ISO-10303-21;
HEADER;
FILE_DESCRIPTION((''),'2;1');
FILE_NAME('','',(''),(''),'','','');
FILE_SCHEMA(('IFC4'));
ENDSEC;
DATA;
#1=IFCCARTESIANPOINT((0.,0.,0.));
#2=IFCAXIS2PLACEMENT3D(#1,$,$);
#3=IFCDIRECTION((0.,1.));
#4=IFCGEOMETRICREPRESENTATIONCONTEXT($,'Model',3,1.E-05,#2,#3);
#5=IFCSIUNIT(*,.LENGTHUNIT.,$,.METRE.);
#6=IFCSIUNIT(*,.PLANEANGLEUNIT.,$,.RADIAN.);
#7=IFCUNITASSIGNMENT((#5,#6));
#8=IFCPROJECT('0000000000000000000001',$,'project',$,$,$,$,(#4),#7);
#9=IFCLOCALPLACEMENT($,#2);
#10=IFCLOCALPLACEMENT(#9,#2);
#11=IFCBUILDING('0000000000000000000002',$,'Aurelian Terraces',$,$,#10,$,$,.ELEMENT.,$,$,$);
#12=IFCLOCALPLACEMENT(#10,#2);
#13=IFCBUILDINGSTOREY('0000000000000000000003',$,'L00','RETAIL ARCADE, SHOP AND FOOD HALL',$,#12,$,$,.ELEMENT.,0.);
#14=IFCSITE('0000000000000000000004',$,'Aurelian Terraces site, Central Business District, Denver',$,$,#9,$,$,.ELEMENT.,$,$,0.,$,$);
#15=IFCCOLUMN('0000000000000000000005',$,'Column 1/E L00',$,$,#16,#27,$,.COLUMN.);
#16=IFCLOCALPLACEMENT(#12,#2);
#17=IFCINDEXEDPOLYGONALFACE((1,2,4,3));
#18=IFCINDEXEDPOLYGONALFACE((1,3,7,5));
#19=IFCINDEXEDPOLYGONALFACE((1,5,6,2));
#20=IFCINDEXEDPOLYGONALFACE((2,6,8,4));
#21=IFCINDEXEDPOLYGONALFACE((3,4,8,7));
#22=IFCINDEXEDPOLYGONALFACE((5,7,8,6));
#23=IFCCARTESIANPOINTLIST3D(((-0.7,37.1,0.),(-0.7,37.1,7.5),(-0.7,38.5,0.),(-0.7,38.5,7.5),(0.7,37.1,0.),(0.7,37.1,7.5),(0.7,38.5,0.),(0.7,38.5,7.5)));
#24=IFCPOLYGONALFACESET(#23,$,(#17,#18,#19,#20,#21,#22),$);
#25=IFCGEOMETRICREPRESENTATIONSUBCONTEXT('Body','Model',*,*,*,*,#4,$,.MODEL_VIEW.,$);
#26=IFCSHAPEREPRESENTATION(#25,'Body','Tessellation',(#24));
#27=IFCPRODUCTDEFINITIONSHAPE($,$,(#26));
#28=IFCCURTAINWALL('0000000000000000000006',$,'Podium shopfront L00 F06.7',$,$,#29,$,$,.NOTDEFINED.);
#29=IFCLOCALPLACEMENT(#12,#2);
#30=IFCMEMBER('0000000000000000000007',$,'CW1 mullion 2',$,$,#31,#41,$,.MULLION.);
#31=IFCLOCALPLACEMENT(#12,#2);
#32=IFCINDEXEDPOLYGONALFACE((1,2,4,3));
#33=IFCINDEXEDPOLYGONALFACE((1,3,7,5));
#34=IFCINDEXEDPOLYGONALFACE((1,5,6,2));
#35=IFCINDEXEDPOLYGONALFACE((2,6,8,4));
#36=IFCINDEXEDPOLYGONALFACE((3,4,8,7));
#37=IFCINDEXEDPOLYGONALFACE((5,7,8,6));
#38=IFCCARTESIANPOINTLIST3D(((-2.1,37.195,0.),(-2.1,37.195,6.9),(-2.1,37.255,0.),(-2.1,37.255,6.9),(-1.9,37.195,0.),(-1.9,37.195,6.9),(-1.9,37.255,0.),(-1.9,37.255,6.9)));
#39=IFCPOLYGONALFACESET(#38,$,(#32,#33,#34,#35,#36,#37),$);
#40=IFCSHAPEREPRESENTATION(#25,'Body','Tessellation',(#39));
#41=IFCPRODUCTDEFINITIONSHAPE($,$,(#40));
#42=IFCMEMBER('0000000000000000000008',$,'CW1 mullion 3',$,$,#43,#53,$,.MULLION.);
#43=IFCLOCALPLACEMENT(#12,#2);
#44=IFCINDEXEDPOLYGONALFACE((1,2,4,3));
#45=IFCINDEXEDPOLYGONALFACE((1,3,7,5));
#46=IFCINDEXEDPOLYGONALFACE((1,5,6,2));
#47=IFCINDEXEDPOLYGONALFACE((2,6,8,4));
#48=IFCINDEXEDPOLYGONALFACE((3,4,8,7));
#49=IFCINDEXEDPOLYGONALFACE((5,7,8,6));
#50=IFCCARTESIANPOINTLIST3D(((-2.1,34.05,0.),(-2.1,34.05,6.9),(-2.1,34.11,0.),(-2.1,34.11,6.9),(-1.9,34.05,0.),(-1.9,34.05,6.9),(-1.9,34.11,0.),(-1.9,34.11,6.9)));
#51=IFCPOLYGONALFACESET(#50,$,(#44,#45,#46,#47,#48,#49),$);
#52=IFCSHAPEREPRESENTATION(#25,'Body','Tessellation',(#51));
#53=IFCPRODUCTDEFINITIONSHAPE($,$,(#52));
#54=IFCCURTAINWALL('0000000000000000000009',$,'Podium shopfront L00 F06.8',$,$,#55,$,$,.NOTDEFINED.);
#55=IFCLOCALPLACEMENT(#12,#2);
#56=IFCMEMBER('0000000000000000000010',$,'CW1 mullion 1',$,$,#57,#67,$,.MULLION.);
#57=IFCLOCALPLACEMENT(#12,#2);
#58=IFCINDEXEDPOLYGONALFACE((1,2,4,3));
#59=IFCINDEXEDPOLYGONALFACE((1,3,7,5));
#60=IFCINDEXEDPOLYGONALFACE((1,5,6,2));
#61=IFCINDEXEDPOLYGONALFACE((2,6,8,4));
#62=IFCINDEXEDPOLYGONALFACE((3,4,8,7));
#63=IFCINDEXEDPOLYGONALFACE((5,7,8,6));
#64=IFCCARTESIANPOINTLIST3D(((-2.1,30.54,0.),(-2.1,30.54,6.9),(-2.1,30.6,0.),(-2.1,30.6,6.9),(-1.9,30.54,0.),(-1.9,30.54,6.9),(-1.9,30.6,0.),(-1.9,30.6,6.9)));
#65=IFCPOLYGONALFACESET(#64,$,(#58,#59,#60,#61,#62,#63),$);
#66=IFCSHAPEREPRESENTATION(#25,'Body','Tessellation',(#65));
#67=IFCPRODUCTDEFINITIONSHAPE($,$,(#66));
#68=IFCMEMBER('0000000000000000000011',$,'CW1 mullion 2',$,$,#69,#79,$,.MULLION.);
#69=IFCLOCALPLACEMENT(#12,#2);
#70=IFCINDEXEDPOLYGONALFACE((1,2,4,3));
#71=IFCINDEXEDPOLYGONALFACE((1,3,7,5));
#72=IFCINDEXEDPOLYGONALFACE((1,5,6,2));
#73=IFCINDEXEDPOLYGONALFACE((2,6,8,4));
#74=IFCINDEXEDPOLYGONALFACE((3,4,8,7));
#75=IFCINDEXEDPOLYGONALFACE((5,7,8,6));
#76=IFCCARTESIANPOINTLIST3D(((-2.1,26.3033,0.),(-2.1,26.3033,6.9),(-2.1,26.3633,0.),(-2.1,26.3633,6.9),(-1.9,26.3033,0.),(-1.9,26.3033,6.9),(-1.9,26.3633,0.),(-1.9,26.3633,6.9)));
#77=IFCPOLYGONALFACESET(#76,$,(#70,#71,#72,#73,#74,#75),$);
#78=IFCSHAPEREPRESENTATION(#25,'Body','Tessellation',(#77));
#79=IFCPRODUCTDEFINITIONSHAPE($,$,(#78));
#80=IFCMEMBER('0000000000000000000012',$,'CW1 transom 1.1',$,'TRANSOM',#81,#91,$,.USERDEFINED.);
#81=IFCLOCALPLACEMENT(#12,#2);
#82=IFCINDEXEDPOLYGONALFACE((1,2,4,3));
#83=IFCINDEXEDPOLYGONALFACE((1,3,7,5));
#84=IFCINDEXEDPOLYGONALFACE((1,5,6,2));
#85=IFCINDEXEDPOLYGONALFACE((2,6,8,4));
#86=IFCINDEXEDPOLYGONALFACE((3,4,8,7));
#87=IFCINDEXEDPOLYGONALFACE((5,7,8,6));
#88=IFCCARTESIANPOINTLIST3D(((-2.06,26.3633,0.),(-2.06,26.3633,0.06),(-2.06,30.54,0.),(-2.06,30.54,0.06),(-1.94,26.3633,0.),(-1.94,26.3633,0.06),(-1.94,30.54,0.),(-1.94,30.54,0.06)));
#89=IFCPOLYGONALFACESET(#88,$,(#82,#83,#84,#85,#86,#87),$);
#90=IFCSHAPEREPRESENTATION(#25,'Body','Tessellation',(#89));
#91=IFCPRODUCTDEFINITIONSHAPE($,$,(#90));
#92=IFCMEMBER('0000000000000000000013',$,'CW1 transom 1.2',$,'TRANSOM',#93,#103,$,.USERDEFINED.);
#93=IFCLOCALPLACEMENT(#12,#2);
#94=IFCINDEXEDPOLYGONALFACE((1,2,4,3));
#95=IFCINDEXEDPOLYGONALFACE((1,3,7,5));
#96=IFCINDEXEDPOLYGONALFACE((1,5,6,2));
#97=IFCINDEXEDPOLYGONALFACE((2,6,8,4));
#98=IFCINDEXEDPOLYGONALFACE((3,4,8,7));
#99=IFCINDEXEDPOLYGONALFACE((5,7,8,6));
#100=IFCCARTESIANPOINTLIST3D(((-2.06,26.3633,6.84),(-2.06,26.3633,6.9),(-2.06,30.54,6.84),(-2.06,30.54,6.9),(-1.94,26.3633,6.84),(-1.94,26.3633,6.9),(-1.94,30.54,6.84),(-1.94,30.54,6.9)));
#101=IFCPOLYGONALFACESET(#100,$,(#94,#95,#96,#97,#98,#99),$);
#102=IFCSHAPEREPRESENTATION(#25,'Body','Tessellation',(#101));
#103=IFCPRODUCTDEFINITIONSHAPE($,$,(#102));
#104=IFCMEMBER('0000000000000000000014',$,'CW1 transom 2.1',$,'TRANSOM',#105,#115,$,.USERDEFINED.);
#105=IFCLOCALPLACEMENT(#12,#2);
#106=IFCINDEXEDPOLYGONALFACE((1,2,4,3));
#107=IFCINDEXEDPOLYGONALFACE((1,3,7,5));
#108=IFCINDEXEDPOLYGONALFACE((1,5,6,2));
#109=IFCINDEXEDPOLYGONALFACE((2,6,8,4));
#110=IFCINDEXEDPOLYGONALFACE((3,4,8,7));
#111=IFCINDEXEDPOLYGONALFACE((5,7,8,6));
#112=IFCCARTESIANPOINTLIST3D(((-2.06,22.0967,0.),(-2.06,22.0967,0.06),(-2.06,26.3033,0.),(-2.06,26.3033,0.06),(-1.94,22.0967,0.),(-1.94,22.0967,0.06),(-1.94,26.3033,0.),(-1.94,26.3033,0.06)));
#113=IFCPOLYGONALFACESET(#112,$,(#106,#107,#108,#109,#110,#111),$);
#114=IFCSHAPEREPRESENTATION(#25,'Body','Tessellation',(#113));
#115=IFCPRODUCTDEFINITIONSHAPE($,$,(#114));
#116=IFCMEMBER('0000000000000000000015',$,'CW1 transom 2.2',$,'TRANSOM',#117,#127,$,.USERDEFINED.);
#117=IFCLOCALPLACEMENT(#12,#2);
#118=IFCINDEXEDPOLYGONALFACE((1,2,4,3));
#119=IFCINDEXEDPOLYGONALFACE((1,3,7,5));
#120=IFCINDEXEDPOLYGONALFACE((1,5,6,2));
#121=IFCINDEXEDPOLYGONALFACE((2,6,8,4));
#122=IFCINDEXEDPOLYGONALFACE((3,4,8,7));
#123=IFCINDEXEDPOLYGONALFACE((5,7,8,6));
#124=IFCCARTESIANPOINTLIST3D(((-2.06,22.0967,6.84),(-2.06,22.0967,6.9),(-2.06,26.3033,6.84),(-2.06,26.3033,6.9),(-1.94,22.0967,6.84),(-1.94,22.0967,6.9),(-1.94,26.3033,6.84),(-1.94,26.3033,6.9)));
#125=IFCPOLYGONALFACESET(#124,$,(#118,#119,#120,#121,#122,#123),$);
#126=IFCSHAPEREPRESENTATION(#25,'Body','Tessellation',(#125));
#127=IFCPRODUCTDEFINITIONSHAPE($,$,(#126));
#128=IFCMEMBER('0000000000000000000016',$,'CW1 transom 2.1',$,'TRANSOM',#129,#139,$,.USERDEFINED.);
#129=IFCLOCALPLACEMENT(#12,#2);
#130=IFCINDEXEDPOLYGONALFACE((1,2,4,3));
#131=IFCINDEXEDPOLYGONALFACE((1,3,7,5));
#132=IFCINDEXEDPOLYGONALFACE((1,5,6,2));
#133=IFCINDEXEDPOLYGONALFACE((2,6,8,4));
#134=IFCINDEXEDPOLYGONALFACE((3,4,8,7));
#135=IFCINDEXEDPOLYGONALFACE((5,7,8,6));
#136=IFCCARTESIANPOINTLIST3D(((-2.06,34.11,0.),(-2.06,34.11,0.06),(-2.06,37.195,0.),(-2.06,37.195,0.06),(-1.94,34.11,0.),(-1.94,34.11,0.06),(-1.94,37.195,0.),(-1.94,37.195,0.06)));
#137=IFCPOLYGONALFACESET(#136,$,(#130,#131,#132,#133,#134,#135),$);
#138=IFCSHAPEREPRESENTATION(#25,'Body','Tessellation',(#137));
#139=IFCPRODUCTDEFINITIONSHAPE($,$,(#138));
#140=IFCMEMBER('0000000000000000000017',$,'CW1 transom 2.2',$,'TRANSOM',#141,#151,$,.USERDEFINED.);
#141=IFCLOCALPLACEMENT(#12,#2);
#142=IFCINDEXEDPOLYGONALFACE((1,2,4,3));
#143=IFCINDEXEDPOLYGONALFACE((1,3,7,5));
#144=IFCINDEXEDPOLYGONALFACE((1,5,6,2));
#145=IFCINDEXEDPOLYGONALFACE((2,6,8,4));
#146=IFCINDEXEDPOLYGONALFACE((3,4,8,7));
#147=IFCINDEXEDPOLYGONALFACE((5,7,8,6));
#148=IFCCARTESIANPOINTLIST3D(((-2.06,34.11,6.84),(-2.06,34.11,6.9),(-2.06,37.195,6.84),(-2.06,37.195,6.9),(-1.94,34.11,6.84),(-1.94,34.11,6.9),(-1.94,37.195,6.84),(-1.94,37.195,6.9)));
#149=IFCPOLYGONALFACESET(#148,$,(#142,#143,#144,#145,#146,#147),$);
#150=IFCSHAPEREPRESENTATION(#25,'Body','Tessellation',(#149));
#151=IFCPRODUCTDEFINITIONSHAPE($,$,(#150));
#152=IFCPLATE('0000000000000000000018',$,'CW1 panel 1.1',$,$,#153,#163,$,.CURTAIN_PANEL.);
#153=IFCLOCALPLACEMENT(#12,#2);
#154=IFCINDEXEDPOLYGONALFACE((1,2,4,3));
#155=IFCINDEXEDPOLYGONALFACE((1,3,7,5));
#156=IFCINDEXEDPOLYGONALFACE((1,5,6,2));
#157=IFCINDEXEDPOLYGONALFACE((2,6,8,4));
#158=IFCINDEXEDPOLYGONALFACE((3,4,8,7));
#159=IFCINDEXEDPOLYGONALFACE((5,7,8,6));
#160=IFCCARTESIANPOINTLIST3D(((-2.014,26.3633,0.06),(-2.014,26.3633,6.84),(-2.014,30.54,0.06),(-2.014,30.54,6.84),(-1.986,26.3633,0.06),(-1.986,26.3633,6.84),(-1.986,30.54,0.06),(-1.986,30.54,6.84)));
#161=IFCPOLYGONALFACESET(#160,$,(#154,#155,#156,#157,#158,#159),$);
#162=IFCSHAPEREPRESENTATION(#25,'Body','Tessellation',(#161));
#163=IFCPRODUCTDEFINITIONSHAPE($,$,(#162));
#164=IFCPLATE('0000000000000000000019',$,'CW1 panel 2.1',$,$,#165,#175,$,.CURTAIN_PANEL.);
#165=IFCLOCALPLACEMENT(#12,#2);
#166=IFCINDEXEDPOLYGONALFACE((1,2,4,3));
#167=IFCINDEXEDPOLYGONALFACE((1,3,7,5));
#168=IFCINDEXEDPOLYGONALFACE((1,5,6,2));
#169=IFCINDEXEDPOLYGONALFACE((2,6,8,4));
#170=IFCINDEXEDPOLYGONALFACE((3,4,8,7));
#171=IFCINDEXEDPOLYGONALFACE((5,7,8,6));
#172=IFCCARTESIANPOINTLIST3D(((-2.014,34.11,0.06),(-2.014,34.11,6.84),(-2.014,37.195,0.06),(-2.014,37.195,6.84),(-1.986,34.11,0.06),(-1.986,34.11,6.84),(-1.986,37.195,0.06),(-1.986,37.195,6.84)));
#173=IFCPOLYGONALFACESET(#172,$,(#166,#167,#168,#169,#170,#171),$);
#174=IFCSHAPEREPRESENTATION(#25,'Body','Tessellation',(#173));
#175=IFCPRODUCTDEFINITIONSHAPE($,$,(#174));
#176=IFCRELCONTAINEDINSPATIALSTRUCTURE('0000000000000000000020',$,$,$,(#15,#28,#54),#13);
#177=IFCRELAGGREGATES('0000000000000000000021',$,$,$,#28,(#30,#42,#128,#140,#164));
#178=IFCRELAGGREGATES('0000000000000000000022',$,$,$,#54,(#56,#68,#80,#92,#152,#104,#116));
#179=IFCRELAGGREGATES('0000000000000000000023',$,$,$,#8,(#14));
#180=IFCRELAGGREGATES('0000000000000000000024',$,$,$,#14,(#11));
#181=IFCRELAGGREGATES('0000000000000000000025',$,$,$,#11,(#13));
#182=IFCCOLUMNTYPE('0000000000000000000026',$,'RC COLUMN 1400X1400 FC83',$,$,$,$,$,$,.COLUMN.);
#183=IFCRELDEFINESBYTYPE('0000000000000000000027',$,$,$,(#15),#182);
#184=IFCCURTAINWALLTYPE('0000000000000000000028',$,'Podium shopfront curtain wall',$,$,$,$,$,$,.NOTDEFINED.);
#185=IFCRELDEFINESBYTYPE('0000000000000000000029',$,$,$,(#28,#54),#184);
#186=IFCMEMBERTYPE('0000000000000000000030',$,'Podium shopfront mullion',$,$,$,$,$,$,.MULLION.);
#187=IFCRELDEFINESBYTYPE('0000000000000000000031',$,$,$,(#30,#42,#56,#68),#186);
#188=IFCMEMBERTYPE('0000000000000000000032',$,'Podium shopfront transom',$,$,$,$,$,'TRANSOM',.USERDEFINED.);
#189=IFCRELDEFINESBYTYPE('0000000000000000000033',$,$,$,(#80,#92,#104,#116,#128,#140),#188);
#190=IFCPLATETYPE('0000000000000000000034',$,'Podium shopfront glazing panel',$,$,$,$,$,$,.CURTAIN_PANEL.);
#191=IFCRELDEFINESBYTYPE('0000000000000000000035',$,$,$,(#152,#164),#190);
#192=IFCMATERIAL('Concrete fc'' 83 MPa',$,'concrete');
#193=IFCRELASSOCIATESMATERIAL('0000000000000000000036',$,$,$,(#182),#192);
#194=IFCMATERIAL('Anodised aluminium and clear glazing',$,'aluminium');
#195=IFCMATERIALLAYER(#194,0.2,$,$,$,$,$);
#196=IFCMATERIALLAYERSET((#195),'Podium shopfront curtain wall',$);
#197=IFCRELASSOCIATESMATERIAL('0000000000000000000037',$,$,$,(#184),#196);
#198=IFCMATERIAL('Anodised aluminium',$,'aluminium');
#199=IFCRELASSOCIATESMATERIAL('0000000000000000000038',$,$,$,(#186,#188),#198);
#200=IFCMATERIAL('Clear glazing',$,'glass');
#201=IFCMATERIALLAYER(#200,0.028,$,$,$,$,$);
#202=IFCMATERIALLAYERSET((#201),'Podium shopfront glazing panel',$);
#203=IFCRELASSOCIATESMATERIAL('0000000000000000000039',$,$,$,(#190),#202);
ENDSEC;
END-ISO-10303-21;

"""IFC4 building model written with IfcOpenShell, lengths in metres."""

from ifc_helpers import new_model, si_unit, direction, frame, origin, origin_2d, place, context, subcontext, project, spatial, rectangle, extrude, source, transform, mapped, material, layer, layer_set, material_profile, profile_set, type_object, element, aggregate, save


model = new_model("IFC4")

# Units and contexts
model_context = context("Model", 3, precision=1e-05, world=origin(), true_north=direction((0.0, 1.0)))
body_context = subcontext(model_context, "Body", "Model", "MODEL_VIEW")
ifc_project = project(units=[si_unit("LENGTHUNIT", "METRE"), si_unit("PLANEANGLEUNIT", "RADIAN")], contexts=[model_context])

# Site, building, storey
site_placement = place(None, origin())
site = spatial("IfcSite", under=ifc_project, at=site_placement, Name="Aurelian Terraces site, Central Business District, Denver", CompositionType="ELEMENT", RefElevation=0.0)
building_placement = place(site_placement, origin())
building = spatial("IfcBuilding", under=site, at=building_placement, Name="Aurelian Terraces", CompositionType="ELEMENT")
storey_placement = place(building_placement, origin())
storey = spatial("IfcBuildingStorey", under=building, at=storey_placement, Name="L00", Description="RETAIL ARCADE, SHOP AND FOOD HALL", CompositionType="ELEMENT", Elevation=0.0)

# Column
ifc_material_1 = material(Name="Concrete fc' 83 MPa", Category="concrete")
ifc_material_profile_1 = material_profile(ifc_material_1, rectangle(XDim=1.4, YDim=1.4, at=origin_2d()))
ifc_profile_set_1 = profile_set([ifc_material_profile_1], Name="Concrete fc' 83 MPa")
column_type = type_object("IfcColumnType", Name="RC COLUMN 1400X1400 FC83", PredefinedType="COLUMN", material=ifc_profile_set_1)
shared_shape_1 = source(origin(), body_context, "Body", "SweptSolid", [
    extrude(rectangle(XDim=1.4, YDim=1.4, at=origin_2d()), origin(), (0.0, 0.0, 1.0), 7.5),
])
column_placement = place(storey_placement, frame((0.0, 37.8, 0.0), z_axis=(0.0, 0.0, 1.0), x_axis=(1.0, 0.0, 0.0)))
element("IfcColumn", 1, at=column_placement, inside=storey, type_object=column_type, Name="Column 1/E L00", PredefinedType="COLUMN", context=body_context, shape_type="MappedRepresentation", body=[
    mapped(shared_shape_1, transform((0.0, 0.0, 0.0), scale=1.0)),
])

# Curtain walls, members
ifc_material_2 = material(Name="Anodised aluminium and clear glazing", Category="aluminium")
ifc_layer_1 = layer(ifc_material_2, 0.2)
ifc_layer_set_1 = layer_set([ifc_layer_1], Name="Podium shopfront curtain wall")
curtain_wall_type = type_object("IfcCurtainWallType", Name="Podium shopfront curtain wall", PredefinedType="NOTDEFINED", material=ifc_layer_set_1)
curtain_wall_1_placement = place(storey_placement, origin())
curtain_wall_1 = element("IfcCurtainWall", 2, at=curtain_wall_1_placement, inside=storey, type_object=curtain_wall_type, Name="Podium shopfront L00 F06.7", PredefinedType="NOTDEFINED")
ifc_material_3 = material(Name="Anodised aluminium", Category="aluminium")
ifc_material_profile_2 = material_profile(ifc_material_3, rectangle(XDim=0.2, YDim=0.06, at=origin_2d()))
ifc_profile_set_2 = profile_set([ifc_material_profile_2], Name="Anodised aluminium")
member_type_1 = type_object("IfcMemberType", Name="Podium shopfront mullion", PredefinedType="MULLION", material=ifc_profile_set_2)
shared_shape_2 = source(origin(), body_context, "Body", "SweptSolid", [
    extrude(rectangle(XDim=0.2, YDim=0.06, at=origin_2d()), origin(), (0.0, 0.0, 1.0), 6.9),
])
member_1_placement = place(storey_placement, frame((-2.0, 37.225, 0.0), z_axis=(0.0, 0.0, 1.0), x_axis=(1.0, 0.0, 0.0)))
member_1 = element("IfcMember", 3, at=member_1_placement, type_object=member_type_1, Name="CW1 mullion 2", PredefinedType="MULLION", context=body_context, shape_type="MappedRepresentation", body=[
    mapped(shared_shape_2, transform((0.0, 0.0, 0.0), scale=1.0)),
])
member_2_placement = place(storey_placement, frame((-2.0, 34.08, 0.0), z_axis=(0.0, 0.0, 1.0), x_axis=(1.0, 0.0, 0.0)))
member_2 = element("IfcMember", 4, at=member_2_placement, type_object=member_type_1, Name="CW1 mullion 3", PredefinedType="MULLION", context=body_context, shape_type="MappedRepresentation", body=[
    mapped(shared_shape_2, transform((0.0, 0.0, 0.0), scale=1.0)),
])
curtain_wall_2_placement = place(storey_placement, origin())
curtain_wall_2 = element("IfcCurtainWall", 5, at=curtain_wall_2_placement, inside=storey, type_object=curtain_wall_type, Name="Podium shopfront L00 F06.8", PredefinedType="NOTDEFINED")
member_3_placement = place(storey_placement, frame((-2.0, 30.57, 0.0), z_axis=(0.0, 0.0, 1.0), x_axis=(1.0, 0.0, 0.0)))
member_3 = element("IfcMember", 6, at=member_3_placement, type_object=member_type_1, Name="CW1 mullion 1", PredefinedType="MULLION", context=body_context, shape_type="MappedRepresentation", body=[
    mapped(shared_shape_2, transform((0.0, 0.0, 0.0), scale=1.0)),
])
member_4_placement = place(storey_placement, frame((-2.0, 26.3333, 0.0), z_axis=(0.0, 0.0, 1.0), x_axis=(1.0, 0.0, 0.0)))
member_4 = element("IfcMember", 7, at=member_4_placement, type_object=member_type_1, Name="CW1 mullion 2", PredefinedType="MULLION", context=body_context, shape_type="MappedRepresentation", body=[
    mapped(shared_shape_2, transform((0.0, 0.0, 0.0), scale=1.0)),
])
ifc_material_profile_3 = material_profile(ifc_material_3, rectangle(XDim=0.12, YDim=0.06, at=origin_2d()))
ifc_profile_set_3 = profile_set([ifc_material_profile_3], Name="Anodised aluminium")
member_type_2 = type_object("IfcMemberType", Name="Podium shopfront transom", ElementType="TRANSOM", PredefinedType="USERDEFINED", material=ifc_profile_set_3)
shared_shape_3 = source(origin(), body_context, "Body", "SweptSolid", [
    extrude(rectangle(XDim=0.12, YDim=0.06, at=origin_2d()), origin(), (0.0, 0.0, 1.0), 4.1767),
])
member_5_placement = place(storey_placement, frame((-2.0, 30.54, 0.03), z_axis=(0.0, -1.0, 0.0), x_axis=(1.0, 0.0, 0.0)))
member_5 = element("IfcMember", 8, at=member_5_placement, type_object=member_type_2, Name="CW1 transom 1.1", ObjectType="TRANSOM", PredefinedType="USERDEFINED", context=body_context, shape_type="MappedRepresentation", body=[
    mapped(shared_shape_3, transform((0.0, 0.0, 0.0), scale=1.0)),
])
member_6_placement = place(storey_placement, frame((-2.0, 30.54, 6.87), z_axis=(0.0, -1.0, 0.0), x_axis=(1.0, 0.0, 0.0)))
member_6 = element("IfcMember", 9, at=member_6_placement, type_object=member_type_2, Name="CW1 transom 1.2", ObjectType="TRANSOM", PredefinedType="USERDEFINED", context=body_context, shape_type="MappedRepresentation", body=[
    mapped(shared_shape_3, transform((0.0, 0.0, 0.0), scale=1.0)),
])
shared_shape_4 = source(origin(), body_context, "Body", "SweptSolid", [
    extrude(rectangle(XDim=0.12, YDim=0.06, at=origin_2d()), origin(), (0.0, 0.0, 1.0), 4.2066),
])
member_7_placement = place(storey_placement, frame((-2.0, 26.3033, 0.03), z_axis=(0.0, -1.0, 0.0), x_axis=(1.0, 0.0, 0.0)))
member_7 = element("IfcMember", 10, at=member_7_placement, type_object=member_type_2, Name="CW1 transom 2.1", ObjectType="TRANSOM", PredefinedType="USERDEFINED", context=body_context, shape_type="MappedRepresentation", body=[
    mapped(shared_shape_4, transform((0.0, 0.0, 0.0), scale=1.0)),
])
member_8_placement = place(storey_placement, frame((-2.0, 26.3033, 6.87), z_axis=(0.0, -1.0, 0.0), x_axis=(1.0, 0.0, 0.0)))
member_8 = element("IfcMember", 11, at=member_8_placement, type_object=member_type_2, Name="CW1 transom 2.2", ObjectType="TRANSOM", PredefinedType="USERDEFINED", context=body_context, shape_type="MappedRepresentation", body=[
    mapped(shared_shape_4, transform((0.0, 0.0, 0.0), scale=1.0)),
])

# Members
shared_shape_5 = source(origin(), body_context, "Body", "SweptSolid", [
    extrude(rectangle(XDim=0.12, YDim=0.06, at=origin_2d()), origin(), (0.0, 0.0, 1.0), 3.085),
])
member_9_placement = place(storey_placement, frame((-2.0, 37.195, 0.03), z_axis=(0.0, -1.0, 0.0), x_axis=(1.0, 0.0, 0.0)))
member_9 = element("IfcMember", 12, at=member_9_placement, type_object=member_type_2, Name="CW1 transom 2.1", ObjectType="TRANSOM", PredefinedType="USERDEFINED", context=body_context, shape_type="MappedRepresentation", body=[
    mapped(shared_shape_5, transform((0.0, 0.0, 0.0), scale=1.0)),
])
member_10_placement = place(storey_placement, frame((-2.0, 37.195, 6.87), z_axis=(0.0, -1.0, 0.0), x_axis=(1.0, 0.0, 0.0)))
member_10 = element("IfcMember", 13, at=member_10_placement, type_object=member_type_2, Name="CW1 transom 2.2", ObjectType="TRANSOM", PredefinedType="USERDEFINED", context=body_context, shape_type="MappedRepresentation", body=[
    mapped(shared_shape_5, transform((0.0, 0.0, 0.0), scale=1.0)),
])

# Plates
ifc_material_4 = material(Name="Clear glazing", Category="glass")
ifc_layer_2 = layer(ifc_material_4, 0.028)
ifc_layer_set_2 = layer_set([ifc_layer_2], Name="Podium shopfront glazing panel")
plate_type = type_object("IfcPlateType", Name="Podium shopfront glazing panel", PredefinedType="CURTAIN_PANEL", material=ifc_layer_set_2)
shared_shape_6 = source(origin(), body_context, "Body", "SweptSolid", [
    extrude(rectangle(XDim=4.1767, YDim=0.028, at=origin_2d()), origin(), (0.0, 0.0, 1.0), 6.78),
])
plate_1_placement = place(storey_placement, frame((-2.0, 28.4517, 0.06), z_axis=(0.0, 0.0, 1.0), x_axis=(0.0, -1.0, 0.0)))
plate_1 = element("IfcPlate", 14, at=plate_1_placement, type_object=plate_type, Name="CW1 panel 1.1", PredefinedType="CURTAIN_PANEL", context=body_context, shape_type="MappedRepresentation", body=[
    mapped(shared_shape_6, transform((0.0, 0.0, 0.0), scale=1.0)),
])
shared_shape_7 = source(origin(), body_context, "Body", "SweptSolid", [
    extrude(rectangle(XDim=3.085, YDim=0.028, at=origin_2d()), origin(), (0.0, 0.0, 1.0), 6.78),
])
plate_2_placement = place(storey_placement, frame((-2.0, 35.6525, 0.06), z_axis=(0.0, 0.0, 1.0), x_axis=(0.0, -1.0, 0.0)))
plate_2 = element("IfcPlate", 15, at=plate_2_placement, type_object=plate_type, Name="CW1 panel 2.1", PredefinedType="CURTAIN_PANEL", context=body_context, shape_type="MappedRepresentation", body=[
    mapped(shared_shape_7, transform((0.0, 0.0, 0.0), scale=1.0)),
])
aggregate(curtain_wall_1, [member_1, member_2, member_9, member_10, plate_2])
aggregate(curtain_wall_2, [member_3, member_4, member_5, member_6, plate_1, member_7, member_8])

save(model, "model.ifc")
